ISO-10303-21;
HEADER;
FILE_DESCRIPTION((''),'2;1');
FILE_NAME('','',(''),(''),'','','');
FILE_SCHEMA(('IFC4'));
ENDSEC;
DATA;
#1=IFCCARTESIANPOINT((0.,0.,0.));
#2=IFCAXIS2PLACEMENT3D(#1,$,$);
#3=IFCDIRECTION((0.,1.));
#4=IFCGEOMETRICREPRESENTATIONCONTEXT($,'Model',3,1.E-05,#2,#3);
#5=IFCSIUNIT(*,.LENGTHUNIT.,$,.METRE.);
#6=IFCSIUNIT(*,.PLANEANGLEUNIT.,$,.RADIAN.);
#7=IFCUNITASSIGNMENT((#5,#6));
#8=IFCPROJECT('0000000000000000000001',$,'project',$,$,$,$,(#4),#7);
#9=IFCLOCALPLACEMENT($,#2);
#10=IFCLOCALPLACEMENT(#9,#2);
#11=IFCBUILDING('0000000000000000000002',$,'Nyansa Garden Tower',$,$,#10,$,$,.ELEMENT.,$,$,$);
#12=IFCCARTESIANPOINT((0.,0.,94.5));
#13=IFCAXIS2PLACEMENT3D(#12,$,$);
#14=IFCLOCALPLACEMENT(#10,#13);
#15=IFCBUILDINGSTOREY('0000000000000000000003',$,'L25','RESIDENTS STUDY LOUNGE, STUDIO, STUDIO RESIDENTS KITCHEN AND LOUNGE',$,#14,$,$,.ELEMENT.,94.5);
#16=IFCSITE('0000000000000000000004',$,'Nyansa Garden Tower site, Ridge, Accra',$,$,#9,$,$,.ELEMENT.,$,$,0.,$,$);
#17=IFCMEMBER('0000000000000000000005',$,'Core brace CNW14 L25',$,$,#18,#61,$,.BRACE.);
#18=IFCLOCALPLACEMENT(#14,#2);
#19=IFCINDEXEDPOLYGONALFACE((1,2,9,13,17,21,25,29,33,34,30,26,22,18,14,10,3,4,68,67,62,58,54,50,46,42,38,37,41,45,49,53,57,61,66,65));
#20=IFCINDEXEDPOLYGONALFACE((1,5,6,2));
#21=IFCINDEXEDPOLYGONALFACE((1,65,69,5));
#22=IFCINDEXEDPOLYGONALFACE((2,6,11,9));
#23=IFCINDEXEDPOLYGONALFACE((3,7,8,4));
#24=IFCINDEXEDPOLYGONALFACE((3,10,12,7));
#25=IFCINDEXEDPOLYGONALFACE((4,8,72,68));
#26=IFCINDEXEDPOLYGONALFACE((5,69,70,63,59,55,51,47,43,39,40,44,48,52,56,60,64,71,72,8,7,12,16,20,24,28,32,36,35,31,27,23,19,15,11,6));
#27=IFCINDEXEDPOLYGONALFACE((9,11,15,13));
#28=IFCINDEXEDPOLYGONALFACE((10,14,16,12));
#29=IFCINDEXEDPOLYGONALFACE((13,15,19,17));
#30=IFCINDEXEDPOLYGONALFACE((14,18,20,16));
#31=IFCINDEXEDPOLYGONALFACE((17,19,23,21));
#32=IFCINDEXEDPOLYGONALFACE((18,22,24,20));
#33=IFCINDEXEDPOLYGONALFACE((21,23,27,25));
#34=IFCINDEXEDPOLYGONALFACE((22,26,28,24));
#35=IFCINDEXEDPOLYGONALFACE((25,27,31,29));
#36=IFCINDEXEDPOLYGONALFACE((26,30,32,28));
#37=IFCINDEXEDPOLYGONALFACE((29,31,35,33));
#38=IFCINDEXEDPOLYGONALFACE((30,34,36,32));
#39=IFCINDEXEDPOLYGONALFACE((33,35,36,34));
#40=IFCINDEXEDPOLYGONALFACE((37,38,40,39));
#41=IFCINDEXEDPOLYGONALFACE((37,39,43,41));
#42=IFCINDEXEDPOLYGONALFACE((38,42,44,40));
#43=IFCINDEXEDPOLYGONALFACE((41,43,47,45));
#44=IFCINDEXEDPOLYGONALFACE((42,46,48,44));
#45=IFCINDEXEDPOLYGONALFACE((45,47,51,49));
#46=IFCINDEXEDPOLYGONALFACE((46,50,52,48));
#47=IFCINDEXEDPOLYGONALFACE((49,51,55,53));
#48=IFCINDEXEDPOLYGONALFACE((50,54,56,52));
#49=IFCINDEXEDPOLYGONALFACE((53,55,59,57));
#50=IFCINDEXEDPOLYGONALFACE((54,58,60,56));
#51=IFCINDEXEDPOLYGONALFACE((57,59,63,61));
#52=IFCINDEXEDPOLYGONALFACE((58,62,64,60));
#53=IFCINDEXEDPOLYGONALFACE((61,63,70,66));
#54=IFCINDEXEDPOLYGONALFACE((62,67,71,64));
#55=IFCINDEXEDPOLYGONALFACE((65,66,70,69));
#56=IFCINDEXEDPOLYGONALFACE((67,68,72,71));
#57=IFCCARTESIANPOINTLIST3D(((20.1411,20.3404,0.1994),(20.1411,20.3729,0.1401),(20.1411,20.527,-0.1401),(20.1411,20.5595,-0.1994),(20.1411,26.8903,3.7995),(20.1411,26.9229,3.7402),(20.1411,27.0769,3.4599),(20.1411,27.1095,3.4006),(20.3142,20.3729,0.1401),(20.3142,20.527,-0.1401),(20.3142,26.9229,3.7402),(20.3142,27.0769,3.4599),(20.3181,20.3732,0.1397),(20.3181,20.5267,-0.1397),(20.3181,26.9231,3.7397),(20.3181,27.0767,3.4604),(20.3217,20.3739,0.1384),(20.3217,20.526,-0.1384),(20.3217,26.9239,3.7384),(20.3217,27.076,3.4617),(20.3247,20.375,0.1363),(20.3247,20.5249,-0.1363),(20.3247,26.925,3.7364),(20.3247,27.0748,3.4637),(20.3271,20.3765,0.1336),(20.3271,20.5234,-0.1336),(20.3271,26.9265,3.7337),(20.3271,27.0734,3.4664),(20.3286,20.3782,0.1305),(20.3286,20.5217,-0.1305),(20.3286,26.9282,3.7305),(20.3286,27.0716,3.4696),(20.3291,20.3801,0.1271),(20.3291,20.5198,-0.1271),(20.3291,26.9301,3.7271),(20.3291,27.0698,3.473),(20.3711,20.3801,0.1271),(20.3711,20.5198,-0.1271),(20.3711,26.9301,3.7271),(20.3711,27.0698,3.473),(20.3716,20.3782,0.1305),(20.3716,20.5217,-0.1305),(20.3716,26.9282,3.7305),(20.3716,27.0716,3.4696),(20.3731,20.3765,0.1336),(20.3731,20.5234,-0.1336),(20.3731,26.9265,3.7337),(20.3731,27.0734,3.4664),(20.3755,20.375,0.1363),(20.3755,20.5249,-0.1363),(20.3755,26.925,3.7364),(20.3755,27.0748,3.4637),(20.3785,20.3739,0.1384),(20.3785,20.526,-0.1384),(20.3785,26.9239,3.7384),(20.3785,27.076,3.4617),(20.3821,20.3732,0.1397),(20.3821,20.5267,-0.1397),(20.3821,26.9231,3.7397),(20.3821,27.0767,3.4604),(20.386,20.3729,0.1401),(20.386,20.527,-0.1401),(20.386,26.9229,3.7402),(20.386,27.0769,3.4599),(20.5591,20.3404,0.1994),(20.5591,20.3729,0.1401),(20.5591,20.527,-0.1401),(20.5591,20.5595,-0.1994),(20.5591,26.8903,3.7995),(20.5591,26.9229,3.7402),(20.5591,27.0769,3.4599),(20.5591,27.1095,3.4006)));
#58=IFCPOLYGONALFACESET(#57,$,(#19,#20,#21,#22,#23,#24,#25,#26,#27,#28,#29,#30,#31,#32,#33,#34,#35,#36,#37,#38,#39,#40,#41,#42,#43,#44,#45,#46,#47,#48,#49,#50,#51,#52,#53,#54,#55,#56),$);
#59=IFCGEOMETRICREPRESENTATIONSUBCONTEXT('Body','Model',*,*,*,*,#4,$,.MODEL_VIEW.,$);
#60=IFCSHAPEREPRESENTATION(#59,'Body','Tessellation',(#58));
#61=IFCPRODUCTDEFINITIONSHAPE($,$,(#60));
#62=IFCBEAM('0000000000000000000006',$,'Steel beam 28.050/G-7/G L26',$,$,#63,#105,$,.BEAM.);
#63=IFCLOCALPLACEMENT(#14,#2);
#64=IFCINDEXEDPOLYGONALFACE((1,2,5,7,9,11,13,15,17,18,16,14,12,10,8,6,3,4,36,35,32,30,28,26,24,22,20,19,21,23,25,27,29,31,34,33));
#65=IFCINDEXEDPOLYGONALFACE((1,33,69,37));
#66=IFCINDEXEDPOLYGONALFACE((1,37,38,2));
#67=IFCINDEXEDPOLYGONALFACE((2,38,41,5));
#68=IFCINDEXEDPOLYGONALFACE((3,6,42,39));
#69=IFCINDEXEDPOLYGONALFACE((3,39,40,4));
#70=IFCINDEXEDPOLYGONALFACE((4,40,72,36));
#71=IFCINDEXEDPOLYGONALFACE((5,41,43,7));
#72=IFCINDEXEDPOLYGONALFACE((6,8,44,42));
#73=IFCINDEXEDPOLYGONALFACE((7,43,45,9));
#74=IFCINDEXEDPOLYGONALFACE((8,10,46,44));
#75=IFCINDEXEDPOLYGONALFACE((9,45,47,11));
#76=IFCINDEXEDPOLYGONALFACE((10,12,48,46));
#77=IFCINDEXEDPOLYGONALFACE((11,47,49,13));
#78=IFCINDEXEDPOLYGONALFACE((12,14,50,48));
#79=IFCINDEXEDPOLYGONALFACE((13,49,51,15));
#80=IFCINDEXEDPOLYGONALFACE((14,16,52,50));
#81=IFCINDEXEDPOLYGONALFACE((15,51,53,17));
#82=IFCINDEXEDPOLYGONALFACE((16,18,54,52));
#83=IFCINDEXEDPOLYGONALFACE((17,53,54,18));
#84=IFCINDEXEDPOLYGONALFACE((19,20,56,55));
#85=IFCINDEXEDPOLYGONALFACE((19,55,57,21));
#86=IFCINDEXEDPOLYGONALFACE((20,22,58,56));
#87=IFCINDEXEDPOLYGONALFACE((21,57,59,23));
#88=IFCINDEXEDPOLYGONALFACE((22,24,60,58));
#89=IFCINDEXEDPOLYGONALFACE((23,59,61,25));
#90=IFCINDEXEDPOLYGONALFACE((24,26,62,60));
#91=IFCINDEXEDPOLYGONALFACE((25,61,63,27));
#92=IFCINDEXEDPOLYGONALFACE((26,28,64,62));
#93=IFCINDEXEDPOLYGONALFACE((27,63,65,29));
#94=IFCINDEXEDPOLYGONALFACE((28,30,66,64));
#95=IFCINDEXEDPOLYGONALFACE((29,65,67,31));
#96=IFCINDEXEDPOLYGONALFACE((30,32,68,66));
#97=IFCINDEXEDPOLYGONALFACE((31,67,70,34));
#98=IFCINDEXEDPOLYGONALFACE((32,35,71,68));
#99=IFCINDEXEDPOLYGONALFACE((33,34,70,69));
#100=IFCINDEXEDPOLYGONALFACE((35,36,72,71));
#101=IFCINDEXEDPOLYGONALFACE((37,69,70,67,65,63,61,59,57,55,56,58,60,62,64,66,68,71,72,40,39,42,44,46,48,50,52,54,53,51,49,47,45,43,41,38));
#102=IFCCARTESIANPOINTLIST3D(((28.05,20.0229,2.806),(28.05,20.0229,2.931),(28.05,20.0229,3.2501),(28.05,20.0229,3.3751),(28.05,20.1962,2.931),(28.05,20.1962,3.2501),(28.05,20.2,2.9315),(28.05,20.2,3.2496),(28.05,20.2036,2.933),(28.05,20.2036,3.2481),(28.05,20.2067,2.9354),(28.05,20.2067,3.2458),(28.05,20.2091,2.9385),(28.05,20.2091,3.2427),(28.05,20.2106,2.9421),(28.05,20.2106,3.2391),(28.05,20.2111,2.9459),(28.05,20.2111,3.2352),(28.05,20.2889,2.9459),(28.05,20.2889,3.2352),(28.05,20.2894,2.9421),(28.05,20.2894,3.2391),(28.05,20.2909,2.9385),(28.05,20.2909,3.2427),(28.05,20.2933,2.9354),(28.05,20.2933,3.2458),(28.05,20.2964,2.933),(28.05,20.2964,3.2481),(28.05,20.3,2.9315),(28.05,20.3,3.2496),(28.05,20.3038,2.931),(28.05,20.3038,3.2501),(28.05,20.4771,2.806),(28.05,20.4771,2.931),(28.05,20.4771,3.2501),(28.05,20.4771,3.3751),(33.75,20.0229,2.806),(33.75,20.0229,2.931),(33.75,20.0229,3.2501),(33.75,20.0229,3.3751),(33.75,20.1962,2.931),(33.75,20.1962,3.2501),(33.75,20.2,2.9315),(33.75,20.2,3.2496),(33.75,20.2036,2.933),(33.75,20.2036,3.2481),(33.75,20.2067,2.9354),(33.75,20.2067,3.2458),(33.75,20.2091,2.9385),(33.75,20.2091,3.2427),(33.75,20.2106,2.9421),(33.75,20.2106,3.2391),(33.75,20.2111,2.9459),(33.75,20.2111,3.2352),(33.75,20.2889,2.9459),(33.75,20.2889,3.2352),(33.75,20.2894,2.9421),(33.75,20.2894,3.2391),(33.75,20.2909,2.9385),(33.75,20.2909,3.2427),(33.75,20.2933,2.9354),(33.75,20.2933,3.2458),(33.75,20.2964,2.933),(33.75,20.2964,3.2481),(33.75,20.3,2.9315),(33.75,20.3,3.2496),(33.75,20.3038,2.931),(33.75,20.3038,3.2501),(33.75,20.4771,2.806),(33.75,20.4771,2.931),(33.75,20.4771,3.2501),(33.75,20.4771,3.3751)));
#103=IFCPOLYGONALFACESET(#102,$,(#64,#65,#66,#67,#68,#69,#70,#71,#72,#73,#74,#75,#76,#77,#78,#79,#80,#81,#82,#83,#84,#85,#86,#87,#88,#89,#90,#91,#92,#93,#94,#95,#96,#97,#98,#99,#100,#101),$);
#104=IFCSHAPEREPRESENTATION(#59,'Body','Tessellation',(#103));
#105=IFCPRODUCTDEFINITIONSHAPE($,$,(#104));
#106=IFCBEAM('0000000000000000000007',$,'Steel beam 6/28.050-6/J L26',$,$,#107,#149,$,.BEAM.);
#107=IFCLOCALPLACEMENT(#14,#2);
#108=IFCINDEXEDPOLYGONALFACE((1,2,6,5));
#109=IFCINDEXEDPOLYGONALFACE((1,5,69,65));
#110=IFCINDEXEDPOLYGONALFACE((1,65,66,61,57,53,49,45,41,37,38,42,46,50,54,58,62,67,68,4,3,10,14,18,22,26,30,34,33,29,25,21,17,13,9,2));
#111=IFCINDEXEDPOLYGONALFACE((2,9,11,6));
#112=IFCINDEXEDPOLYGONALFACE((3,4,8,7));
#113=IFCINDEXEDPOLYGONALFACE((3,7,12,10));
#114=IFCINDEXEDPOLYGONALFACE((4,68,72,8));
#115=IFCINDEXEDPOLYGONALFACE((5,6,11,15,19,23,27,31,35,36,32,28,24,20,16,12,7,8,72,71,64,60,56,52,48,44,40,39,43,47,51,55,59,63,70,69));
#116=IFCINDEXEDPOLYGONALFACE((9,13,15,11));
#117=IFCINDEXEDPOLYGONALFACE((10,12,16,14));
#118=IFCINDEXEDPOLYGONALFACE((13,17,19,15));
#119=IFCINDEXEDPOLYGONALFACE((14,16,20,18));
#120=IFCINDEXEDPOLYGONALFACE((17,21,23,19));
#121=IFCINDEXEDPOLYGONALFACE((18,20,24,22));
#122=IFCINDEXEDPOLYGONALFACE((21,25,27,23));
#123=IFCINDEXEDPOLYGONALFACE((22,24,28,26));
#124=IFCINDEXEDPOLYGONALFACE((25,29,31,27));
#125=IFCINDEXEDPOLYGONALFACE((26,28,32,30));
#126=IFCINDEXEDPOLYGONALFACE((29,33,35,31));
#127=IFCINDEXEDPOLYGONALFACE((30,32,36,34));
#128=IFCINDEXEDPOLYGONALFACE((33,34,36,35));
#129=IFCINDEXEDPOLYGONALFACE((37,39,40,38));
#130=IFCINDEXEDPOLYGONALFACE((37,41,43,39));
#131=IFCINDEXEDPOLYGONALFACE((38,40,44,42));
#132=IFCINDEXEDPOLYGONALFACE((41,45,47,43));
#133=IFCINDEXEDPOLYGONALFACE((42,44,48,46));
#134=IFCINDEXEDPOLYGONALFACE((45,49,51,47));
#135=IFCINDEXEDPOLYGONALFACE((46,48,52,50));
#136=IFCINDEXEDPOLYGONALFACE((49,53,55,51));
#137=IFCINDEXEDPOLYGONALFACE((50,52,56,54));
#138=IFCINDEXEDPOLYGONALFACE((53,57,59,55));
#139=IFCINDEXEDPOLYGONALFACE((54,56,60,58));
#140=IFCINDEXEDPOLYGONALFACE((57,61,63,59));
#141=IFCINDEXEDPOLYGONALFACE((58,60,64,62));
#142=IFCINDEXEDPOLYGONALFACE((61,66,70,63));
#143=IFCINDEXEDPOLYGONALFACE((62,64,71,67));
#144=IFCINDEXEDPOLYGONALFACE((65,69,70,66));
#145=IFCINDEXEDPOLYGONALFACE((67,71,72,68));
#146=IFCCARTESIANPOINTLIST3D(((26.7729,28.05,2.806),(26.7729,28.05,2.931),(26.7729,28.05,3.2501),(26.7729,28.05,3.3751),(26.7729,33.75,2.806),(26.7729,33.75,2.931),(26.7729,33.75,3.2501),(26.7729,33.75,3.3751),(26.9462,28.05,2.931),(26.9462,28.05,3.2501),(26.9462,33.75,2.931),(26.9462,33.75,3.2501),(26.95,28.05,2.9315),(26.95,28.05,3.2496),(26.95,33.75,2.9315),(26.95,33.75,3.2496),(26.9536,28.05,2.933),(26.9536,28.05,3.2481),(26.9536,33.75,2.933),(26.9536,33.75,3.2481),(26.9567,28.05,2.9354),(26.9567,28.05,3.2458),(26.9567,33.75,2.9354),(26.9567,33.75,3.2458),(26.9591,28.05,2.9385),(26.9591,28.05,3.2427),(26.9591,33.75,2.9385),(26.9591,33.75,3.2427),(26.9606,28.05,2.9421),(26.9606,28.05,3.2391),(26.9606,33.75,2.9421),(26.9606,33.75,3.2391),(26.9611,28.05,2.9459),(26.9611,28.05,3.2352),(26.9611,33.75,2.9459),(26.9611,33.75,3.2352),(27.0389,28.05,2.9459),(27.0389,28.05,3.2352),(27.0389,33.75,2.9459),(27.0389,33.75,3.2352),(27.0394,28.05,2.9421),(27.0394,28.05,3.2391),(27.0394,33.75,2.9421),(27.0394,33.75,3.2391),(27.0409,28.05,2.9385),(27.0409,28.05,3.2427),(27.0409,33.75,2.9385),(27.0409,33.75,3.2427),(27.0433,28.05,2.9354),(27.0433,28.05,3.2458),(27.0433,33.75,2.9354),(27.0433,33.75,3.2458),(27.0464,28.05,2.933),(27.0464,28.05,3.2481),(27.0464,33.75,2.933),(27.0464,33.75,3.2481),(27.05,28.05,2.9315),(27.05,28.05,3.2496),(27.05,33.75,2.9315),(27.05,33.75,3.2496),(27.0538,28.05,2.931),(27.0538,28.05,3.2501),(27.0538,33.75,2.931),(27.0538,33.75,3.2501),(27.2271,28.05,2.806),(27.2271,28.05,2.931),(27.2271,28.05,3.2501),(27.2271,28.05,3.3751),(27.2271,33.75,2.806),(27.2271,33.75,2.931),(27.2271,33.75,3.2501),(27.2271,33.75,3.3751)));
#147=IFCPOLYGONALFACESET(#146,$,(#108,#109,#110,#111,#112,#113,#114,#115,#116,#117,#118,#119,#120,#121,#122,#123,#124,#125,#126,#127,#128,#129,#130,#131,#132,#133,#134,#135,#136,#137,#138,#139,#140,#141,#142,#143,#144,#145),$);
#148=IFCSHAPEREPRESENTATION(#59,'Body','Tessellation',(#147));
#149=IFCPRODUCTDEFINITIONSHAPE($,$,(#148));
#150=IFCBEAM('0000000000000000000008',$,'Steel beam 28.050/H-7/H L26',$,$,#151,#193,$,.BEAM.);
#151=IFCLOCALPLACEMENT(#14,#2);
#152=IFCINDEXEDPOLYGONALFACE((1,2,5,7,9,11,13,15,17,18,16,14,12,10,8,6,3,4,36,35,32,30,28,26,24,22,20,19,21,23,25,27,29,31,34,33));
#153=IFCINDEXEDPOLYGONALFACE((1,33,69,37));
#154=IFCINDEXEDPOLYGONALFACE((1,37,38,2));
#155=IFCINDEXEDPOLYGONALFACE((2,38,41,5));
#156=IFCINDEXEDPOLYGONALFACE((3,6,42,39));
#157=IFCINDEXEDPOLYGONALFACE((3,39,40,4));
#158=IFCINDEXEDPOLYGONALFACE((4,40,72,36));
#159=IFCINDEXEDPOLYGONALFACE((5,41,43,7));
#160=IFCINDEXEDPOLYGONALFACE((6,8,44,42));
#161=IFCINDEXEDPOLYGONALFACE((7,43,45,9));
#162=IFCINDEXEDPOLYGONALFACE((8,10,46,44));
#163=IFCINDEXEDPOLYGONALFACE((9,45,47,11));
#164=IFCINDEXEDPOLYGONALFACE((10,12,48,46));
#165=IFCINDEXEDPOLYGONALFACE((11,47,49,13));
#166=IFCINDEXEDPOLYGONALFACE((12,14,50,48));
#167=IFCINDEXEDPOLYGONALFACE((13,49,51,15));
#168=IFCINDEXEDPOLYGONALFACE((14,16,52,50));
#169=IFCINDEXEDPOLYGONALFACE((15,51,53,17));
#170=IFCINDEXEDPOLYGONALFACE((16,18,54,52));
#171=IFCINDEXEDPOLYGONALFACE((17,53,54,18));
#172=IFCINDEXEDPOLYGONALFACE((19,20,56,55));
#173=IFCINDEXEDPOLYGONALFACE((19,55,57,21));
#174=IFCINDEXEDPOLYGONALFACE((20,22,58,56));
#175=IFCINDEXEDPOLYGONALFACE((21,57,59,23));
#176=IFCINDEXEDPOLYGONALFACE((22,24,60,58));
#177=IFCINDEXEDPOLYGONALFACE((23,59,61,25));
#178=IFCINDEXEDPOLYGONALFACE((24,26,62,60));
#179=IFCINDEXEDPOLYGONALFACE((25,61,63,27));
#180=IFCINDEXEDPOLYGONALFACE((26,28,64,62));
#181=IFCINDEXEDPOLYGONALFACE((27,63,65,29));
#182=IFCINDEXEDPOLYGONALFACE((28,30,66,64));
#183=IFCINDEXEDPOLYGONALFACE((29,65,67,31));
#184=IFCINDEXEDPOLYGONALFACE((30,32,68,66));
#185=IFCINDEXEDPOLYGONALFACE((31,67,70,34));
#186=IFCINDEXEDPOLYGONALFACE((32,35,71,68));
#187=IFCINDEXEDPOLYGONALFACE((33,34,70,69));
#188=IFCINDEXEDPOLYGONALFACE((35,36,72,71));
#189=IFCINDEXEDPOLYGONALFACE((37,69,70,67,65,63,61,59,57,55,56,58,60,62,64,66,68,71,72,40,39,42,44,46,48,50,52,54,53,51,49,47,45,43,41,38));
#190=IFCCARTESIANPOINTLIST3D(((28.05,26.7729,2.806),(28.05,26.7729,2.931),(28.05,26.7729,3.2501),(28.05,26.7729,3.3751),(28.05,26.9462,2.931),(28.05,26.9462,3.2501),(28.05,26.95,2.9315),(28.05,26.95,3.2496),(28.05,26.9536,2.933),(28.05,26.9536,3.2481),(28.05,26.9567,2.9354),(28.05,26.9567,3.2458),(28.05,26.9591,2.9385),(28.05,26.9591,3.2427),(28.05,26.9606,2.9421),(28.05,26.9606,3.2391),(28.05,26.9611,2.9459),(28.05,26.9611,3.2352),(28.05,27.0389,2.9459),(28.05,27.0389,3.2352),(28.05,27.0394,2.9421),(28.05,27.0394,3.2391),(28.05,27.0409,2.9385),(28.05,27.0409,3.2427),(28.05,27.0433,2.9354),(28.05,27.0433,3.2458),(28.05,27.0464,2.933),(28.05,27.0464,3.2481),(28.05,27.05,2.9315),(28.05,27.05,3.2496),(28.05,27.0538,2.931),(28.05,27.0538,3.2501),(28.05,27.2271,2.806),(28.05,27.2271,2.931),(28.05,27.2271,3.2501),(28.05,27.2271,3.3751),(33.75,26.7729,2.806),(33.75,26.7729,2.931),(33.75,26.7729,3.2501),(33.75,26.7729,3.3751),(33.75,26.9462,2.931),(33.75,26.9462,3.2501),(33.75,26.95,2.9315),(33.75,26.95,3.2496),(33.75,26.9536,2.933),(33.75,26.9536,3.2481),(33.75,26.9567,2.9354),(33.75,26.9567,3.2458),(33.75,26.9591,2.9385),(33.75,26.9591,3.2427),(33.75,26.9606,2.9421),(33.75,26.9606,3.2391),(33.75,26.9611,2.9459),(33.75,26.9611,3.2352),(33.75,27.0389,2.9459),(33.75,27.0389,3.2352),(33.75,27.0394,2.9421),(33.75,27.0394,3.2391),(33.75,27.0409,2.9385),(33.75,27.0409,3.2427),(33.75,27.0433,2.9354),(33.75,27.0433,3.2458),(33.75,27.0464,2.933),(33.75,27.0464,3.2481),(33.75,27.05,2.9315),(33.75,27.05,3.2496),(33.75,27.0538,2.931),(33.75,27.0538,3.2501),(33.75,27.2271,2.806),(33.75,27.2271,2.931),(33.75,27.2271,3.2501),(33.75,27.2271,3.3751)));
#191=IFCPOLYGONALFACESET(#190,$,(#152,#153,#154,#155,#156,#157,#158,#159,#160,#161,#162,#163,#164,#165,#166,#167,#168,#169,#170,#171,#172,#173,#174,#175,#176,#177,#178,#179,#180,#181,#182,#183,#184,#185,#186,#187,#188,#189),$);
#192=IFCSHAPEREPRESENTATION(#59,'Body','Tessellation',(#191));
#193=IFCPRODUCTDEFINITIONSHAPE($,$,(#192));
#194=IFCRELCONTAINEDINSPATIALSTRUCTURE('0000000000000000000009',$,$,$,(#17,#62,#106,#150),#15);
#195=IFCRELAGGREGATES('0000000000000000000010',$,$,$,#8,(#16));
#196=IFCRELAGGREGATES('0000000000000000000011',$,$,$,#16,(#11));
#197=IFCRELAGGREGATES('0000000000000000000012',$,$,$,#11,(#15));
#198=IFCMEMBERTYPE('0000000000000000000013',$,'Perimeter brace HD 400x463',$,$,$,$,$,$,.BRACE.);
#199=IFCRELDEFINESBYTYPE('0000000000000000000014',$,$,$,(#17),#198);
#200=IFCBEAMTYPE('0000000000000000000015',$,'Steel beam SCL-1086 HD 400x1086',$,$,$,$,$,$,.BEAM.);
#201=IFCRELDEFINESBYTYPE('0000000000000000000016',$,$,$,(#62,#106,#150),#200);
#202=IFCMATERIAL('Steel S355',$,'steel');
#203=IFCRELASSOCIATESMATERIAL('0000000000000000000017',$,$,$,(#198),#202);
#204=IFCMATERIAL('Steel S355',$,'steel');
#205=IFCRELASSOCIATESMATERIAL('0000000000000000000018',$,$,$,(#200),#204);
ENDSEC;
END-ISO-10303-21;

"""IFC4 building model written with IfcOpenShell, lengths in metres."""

from ifc_helpers import new_model, si_unit, direction, frame, origin, origin_2d, place, context, subcontext, project, spatial, i_section, extrude, material, material_profile, profile_set, type_object, element, save


model = new_model("IFC4")

# Units and contexts
model_context = context("Model", 3, precision=1e-05, world=origin(), true_north=direction((0.0, 1.0)))
body_context = subcontext(model_context, "Body", "Model", "MODEL_VIEW")
ifc_project = project(units=[si_unit("LENGTHUNIT", "METRE"), si_unit("PLANEANGLEUNIT", "RADIAN")], contexts=[model_context])

# Site, building, storey
site_placement = place(None, origin())
site = spatial("IfcSite", under=ifc_project, at=site_placement, Name="Nyansa Garden Tower site, Ridge, Accra", CompositionType="ELEMENT", RefElevation=0.0)
building_placement = place(site_placement, origin())
building = spatial("IfcBuilding", under=site, at=building_placement, Name="Nyansa Garden Tower", CompositionType="ELEMENT")
storey_placement = place(building_placement, frame((0.0, 0.0, 94.5)))
storey = spatial("IfcBuildingStorey", under=building, at=storey_placement, Name="L25", Description="RESIDENTS STUDY LOUNGE, STUDIO, STUDIO RESIDENTS KITCHEN AND LOUNGE", CompositionType="ELEMENT", Elevation=94.5)

# Member
ifc_material_1 = material(Name="Steel S355", Category="steel")
ifc_material_profile_1 = material_profile(ifc_material_1, i_section(OverallWidth=0.418, OverallDepth=0.4551, WebThickness=0.042, FlangeThickness=0.0676, FilletRadius=0.0149, at=origin_2d()), Name="HD 400x463")
ifc_profile_set_1 = profile_set([ifc_material_profile_1], Name="Steel S355")
member_type = type_object("IfcMemberType", Name="Perimeter brace HD 400x463", PredefinedType="BRACE", material=ifc_profile_set_1)
for number, where, z_axis, x_axis, name in (
    (1, (20.3501, 20.45, 0.0), (0.0, 0.876353, 0.481669), (-1.0, 0.0, 0.0), "Core brace CNW14 L25"),
):
    element("IfcMember", number, at=place(storey_placement, frame(where, z_axis=z_axis, x_axis=x_axis)), inside=storey, type_object=member_type, Name=name, PredefinedType="BRACE", context=body_context, shape_type="SweptSolid", body=[
        extrude(i_section(OverallWidth=0.418, OverallDepth=0.4551, WebThickness=0.042, FlangeThickness=0.0676, FilletRadius=0.0149, at=origin_2d()), origin(), (0.0, 0.0, 1.0), 7.4741),
    ])

# Beams
ifc_material_2 = material(Name="Steel S355", Category="steel")
ifc_material_profile_2 = material_profile(ifc_material_2, i_section(OverallWidth=0.4541, OverallDepth=0.5691, WebThickness=0.0779, FlangeThickness=0.125, FilletRadius=0.0149, at=origin_2d()), Name="HD 400x1086")
ifc_profile_set_2 = profile_set([ifc_material_profile_2], Name="Steel S355")
beam_type_1 = type_object("IfcBeamType", Name="Steel beam SCL-1086 HD 400x1086", PredefinedType="BEAM", material=ifc_profile_set_2)
for number, where, z_axis, x_axis, name in (
    (2, (28.05, 20.25, 3.0906), (1.0, 0.0, 0.0), (0.0, 1.0, 0.0), "Steel beam 28.050/G-7/G L26"),
    (3, (27.0, 28.05, 3.0906), (0.0, 1.0, 0.0), (-1.0, 0.0, 0.0), "Steel beam 6/28.050-6/J L26"),
    (4, (28.05, 27.0, 3.0906), (1.0, 0.0, 0.0), (0.0, 1.0, 0.0), "Steel beam 28.050/H-7/H L26"),
):
    element("IfcBeam", number, at=place(storey_placement, frame(where, z_axis=z_axis, x_axis=x_axis)), inside=storey, type_object=beam_type_1, Name=name, PredefinedType="BEAM", context=body_context, shape_type="SweptSolid", body=[
        extrude(i_section(OverallWidth=0.4541, OverallDepth=0.5691, WebThickness=0.0779, FlangeThickness=0.125, FilletRadius=0.0149, at=origin_2d()), origin(), (0.0, 0.0, 1.0), 5.7),
    ])

save(model, "model.ifc")
